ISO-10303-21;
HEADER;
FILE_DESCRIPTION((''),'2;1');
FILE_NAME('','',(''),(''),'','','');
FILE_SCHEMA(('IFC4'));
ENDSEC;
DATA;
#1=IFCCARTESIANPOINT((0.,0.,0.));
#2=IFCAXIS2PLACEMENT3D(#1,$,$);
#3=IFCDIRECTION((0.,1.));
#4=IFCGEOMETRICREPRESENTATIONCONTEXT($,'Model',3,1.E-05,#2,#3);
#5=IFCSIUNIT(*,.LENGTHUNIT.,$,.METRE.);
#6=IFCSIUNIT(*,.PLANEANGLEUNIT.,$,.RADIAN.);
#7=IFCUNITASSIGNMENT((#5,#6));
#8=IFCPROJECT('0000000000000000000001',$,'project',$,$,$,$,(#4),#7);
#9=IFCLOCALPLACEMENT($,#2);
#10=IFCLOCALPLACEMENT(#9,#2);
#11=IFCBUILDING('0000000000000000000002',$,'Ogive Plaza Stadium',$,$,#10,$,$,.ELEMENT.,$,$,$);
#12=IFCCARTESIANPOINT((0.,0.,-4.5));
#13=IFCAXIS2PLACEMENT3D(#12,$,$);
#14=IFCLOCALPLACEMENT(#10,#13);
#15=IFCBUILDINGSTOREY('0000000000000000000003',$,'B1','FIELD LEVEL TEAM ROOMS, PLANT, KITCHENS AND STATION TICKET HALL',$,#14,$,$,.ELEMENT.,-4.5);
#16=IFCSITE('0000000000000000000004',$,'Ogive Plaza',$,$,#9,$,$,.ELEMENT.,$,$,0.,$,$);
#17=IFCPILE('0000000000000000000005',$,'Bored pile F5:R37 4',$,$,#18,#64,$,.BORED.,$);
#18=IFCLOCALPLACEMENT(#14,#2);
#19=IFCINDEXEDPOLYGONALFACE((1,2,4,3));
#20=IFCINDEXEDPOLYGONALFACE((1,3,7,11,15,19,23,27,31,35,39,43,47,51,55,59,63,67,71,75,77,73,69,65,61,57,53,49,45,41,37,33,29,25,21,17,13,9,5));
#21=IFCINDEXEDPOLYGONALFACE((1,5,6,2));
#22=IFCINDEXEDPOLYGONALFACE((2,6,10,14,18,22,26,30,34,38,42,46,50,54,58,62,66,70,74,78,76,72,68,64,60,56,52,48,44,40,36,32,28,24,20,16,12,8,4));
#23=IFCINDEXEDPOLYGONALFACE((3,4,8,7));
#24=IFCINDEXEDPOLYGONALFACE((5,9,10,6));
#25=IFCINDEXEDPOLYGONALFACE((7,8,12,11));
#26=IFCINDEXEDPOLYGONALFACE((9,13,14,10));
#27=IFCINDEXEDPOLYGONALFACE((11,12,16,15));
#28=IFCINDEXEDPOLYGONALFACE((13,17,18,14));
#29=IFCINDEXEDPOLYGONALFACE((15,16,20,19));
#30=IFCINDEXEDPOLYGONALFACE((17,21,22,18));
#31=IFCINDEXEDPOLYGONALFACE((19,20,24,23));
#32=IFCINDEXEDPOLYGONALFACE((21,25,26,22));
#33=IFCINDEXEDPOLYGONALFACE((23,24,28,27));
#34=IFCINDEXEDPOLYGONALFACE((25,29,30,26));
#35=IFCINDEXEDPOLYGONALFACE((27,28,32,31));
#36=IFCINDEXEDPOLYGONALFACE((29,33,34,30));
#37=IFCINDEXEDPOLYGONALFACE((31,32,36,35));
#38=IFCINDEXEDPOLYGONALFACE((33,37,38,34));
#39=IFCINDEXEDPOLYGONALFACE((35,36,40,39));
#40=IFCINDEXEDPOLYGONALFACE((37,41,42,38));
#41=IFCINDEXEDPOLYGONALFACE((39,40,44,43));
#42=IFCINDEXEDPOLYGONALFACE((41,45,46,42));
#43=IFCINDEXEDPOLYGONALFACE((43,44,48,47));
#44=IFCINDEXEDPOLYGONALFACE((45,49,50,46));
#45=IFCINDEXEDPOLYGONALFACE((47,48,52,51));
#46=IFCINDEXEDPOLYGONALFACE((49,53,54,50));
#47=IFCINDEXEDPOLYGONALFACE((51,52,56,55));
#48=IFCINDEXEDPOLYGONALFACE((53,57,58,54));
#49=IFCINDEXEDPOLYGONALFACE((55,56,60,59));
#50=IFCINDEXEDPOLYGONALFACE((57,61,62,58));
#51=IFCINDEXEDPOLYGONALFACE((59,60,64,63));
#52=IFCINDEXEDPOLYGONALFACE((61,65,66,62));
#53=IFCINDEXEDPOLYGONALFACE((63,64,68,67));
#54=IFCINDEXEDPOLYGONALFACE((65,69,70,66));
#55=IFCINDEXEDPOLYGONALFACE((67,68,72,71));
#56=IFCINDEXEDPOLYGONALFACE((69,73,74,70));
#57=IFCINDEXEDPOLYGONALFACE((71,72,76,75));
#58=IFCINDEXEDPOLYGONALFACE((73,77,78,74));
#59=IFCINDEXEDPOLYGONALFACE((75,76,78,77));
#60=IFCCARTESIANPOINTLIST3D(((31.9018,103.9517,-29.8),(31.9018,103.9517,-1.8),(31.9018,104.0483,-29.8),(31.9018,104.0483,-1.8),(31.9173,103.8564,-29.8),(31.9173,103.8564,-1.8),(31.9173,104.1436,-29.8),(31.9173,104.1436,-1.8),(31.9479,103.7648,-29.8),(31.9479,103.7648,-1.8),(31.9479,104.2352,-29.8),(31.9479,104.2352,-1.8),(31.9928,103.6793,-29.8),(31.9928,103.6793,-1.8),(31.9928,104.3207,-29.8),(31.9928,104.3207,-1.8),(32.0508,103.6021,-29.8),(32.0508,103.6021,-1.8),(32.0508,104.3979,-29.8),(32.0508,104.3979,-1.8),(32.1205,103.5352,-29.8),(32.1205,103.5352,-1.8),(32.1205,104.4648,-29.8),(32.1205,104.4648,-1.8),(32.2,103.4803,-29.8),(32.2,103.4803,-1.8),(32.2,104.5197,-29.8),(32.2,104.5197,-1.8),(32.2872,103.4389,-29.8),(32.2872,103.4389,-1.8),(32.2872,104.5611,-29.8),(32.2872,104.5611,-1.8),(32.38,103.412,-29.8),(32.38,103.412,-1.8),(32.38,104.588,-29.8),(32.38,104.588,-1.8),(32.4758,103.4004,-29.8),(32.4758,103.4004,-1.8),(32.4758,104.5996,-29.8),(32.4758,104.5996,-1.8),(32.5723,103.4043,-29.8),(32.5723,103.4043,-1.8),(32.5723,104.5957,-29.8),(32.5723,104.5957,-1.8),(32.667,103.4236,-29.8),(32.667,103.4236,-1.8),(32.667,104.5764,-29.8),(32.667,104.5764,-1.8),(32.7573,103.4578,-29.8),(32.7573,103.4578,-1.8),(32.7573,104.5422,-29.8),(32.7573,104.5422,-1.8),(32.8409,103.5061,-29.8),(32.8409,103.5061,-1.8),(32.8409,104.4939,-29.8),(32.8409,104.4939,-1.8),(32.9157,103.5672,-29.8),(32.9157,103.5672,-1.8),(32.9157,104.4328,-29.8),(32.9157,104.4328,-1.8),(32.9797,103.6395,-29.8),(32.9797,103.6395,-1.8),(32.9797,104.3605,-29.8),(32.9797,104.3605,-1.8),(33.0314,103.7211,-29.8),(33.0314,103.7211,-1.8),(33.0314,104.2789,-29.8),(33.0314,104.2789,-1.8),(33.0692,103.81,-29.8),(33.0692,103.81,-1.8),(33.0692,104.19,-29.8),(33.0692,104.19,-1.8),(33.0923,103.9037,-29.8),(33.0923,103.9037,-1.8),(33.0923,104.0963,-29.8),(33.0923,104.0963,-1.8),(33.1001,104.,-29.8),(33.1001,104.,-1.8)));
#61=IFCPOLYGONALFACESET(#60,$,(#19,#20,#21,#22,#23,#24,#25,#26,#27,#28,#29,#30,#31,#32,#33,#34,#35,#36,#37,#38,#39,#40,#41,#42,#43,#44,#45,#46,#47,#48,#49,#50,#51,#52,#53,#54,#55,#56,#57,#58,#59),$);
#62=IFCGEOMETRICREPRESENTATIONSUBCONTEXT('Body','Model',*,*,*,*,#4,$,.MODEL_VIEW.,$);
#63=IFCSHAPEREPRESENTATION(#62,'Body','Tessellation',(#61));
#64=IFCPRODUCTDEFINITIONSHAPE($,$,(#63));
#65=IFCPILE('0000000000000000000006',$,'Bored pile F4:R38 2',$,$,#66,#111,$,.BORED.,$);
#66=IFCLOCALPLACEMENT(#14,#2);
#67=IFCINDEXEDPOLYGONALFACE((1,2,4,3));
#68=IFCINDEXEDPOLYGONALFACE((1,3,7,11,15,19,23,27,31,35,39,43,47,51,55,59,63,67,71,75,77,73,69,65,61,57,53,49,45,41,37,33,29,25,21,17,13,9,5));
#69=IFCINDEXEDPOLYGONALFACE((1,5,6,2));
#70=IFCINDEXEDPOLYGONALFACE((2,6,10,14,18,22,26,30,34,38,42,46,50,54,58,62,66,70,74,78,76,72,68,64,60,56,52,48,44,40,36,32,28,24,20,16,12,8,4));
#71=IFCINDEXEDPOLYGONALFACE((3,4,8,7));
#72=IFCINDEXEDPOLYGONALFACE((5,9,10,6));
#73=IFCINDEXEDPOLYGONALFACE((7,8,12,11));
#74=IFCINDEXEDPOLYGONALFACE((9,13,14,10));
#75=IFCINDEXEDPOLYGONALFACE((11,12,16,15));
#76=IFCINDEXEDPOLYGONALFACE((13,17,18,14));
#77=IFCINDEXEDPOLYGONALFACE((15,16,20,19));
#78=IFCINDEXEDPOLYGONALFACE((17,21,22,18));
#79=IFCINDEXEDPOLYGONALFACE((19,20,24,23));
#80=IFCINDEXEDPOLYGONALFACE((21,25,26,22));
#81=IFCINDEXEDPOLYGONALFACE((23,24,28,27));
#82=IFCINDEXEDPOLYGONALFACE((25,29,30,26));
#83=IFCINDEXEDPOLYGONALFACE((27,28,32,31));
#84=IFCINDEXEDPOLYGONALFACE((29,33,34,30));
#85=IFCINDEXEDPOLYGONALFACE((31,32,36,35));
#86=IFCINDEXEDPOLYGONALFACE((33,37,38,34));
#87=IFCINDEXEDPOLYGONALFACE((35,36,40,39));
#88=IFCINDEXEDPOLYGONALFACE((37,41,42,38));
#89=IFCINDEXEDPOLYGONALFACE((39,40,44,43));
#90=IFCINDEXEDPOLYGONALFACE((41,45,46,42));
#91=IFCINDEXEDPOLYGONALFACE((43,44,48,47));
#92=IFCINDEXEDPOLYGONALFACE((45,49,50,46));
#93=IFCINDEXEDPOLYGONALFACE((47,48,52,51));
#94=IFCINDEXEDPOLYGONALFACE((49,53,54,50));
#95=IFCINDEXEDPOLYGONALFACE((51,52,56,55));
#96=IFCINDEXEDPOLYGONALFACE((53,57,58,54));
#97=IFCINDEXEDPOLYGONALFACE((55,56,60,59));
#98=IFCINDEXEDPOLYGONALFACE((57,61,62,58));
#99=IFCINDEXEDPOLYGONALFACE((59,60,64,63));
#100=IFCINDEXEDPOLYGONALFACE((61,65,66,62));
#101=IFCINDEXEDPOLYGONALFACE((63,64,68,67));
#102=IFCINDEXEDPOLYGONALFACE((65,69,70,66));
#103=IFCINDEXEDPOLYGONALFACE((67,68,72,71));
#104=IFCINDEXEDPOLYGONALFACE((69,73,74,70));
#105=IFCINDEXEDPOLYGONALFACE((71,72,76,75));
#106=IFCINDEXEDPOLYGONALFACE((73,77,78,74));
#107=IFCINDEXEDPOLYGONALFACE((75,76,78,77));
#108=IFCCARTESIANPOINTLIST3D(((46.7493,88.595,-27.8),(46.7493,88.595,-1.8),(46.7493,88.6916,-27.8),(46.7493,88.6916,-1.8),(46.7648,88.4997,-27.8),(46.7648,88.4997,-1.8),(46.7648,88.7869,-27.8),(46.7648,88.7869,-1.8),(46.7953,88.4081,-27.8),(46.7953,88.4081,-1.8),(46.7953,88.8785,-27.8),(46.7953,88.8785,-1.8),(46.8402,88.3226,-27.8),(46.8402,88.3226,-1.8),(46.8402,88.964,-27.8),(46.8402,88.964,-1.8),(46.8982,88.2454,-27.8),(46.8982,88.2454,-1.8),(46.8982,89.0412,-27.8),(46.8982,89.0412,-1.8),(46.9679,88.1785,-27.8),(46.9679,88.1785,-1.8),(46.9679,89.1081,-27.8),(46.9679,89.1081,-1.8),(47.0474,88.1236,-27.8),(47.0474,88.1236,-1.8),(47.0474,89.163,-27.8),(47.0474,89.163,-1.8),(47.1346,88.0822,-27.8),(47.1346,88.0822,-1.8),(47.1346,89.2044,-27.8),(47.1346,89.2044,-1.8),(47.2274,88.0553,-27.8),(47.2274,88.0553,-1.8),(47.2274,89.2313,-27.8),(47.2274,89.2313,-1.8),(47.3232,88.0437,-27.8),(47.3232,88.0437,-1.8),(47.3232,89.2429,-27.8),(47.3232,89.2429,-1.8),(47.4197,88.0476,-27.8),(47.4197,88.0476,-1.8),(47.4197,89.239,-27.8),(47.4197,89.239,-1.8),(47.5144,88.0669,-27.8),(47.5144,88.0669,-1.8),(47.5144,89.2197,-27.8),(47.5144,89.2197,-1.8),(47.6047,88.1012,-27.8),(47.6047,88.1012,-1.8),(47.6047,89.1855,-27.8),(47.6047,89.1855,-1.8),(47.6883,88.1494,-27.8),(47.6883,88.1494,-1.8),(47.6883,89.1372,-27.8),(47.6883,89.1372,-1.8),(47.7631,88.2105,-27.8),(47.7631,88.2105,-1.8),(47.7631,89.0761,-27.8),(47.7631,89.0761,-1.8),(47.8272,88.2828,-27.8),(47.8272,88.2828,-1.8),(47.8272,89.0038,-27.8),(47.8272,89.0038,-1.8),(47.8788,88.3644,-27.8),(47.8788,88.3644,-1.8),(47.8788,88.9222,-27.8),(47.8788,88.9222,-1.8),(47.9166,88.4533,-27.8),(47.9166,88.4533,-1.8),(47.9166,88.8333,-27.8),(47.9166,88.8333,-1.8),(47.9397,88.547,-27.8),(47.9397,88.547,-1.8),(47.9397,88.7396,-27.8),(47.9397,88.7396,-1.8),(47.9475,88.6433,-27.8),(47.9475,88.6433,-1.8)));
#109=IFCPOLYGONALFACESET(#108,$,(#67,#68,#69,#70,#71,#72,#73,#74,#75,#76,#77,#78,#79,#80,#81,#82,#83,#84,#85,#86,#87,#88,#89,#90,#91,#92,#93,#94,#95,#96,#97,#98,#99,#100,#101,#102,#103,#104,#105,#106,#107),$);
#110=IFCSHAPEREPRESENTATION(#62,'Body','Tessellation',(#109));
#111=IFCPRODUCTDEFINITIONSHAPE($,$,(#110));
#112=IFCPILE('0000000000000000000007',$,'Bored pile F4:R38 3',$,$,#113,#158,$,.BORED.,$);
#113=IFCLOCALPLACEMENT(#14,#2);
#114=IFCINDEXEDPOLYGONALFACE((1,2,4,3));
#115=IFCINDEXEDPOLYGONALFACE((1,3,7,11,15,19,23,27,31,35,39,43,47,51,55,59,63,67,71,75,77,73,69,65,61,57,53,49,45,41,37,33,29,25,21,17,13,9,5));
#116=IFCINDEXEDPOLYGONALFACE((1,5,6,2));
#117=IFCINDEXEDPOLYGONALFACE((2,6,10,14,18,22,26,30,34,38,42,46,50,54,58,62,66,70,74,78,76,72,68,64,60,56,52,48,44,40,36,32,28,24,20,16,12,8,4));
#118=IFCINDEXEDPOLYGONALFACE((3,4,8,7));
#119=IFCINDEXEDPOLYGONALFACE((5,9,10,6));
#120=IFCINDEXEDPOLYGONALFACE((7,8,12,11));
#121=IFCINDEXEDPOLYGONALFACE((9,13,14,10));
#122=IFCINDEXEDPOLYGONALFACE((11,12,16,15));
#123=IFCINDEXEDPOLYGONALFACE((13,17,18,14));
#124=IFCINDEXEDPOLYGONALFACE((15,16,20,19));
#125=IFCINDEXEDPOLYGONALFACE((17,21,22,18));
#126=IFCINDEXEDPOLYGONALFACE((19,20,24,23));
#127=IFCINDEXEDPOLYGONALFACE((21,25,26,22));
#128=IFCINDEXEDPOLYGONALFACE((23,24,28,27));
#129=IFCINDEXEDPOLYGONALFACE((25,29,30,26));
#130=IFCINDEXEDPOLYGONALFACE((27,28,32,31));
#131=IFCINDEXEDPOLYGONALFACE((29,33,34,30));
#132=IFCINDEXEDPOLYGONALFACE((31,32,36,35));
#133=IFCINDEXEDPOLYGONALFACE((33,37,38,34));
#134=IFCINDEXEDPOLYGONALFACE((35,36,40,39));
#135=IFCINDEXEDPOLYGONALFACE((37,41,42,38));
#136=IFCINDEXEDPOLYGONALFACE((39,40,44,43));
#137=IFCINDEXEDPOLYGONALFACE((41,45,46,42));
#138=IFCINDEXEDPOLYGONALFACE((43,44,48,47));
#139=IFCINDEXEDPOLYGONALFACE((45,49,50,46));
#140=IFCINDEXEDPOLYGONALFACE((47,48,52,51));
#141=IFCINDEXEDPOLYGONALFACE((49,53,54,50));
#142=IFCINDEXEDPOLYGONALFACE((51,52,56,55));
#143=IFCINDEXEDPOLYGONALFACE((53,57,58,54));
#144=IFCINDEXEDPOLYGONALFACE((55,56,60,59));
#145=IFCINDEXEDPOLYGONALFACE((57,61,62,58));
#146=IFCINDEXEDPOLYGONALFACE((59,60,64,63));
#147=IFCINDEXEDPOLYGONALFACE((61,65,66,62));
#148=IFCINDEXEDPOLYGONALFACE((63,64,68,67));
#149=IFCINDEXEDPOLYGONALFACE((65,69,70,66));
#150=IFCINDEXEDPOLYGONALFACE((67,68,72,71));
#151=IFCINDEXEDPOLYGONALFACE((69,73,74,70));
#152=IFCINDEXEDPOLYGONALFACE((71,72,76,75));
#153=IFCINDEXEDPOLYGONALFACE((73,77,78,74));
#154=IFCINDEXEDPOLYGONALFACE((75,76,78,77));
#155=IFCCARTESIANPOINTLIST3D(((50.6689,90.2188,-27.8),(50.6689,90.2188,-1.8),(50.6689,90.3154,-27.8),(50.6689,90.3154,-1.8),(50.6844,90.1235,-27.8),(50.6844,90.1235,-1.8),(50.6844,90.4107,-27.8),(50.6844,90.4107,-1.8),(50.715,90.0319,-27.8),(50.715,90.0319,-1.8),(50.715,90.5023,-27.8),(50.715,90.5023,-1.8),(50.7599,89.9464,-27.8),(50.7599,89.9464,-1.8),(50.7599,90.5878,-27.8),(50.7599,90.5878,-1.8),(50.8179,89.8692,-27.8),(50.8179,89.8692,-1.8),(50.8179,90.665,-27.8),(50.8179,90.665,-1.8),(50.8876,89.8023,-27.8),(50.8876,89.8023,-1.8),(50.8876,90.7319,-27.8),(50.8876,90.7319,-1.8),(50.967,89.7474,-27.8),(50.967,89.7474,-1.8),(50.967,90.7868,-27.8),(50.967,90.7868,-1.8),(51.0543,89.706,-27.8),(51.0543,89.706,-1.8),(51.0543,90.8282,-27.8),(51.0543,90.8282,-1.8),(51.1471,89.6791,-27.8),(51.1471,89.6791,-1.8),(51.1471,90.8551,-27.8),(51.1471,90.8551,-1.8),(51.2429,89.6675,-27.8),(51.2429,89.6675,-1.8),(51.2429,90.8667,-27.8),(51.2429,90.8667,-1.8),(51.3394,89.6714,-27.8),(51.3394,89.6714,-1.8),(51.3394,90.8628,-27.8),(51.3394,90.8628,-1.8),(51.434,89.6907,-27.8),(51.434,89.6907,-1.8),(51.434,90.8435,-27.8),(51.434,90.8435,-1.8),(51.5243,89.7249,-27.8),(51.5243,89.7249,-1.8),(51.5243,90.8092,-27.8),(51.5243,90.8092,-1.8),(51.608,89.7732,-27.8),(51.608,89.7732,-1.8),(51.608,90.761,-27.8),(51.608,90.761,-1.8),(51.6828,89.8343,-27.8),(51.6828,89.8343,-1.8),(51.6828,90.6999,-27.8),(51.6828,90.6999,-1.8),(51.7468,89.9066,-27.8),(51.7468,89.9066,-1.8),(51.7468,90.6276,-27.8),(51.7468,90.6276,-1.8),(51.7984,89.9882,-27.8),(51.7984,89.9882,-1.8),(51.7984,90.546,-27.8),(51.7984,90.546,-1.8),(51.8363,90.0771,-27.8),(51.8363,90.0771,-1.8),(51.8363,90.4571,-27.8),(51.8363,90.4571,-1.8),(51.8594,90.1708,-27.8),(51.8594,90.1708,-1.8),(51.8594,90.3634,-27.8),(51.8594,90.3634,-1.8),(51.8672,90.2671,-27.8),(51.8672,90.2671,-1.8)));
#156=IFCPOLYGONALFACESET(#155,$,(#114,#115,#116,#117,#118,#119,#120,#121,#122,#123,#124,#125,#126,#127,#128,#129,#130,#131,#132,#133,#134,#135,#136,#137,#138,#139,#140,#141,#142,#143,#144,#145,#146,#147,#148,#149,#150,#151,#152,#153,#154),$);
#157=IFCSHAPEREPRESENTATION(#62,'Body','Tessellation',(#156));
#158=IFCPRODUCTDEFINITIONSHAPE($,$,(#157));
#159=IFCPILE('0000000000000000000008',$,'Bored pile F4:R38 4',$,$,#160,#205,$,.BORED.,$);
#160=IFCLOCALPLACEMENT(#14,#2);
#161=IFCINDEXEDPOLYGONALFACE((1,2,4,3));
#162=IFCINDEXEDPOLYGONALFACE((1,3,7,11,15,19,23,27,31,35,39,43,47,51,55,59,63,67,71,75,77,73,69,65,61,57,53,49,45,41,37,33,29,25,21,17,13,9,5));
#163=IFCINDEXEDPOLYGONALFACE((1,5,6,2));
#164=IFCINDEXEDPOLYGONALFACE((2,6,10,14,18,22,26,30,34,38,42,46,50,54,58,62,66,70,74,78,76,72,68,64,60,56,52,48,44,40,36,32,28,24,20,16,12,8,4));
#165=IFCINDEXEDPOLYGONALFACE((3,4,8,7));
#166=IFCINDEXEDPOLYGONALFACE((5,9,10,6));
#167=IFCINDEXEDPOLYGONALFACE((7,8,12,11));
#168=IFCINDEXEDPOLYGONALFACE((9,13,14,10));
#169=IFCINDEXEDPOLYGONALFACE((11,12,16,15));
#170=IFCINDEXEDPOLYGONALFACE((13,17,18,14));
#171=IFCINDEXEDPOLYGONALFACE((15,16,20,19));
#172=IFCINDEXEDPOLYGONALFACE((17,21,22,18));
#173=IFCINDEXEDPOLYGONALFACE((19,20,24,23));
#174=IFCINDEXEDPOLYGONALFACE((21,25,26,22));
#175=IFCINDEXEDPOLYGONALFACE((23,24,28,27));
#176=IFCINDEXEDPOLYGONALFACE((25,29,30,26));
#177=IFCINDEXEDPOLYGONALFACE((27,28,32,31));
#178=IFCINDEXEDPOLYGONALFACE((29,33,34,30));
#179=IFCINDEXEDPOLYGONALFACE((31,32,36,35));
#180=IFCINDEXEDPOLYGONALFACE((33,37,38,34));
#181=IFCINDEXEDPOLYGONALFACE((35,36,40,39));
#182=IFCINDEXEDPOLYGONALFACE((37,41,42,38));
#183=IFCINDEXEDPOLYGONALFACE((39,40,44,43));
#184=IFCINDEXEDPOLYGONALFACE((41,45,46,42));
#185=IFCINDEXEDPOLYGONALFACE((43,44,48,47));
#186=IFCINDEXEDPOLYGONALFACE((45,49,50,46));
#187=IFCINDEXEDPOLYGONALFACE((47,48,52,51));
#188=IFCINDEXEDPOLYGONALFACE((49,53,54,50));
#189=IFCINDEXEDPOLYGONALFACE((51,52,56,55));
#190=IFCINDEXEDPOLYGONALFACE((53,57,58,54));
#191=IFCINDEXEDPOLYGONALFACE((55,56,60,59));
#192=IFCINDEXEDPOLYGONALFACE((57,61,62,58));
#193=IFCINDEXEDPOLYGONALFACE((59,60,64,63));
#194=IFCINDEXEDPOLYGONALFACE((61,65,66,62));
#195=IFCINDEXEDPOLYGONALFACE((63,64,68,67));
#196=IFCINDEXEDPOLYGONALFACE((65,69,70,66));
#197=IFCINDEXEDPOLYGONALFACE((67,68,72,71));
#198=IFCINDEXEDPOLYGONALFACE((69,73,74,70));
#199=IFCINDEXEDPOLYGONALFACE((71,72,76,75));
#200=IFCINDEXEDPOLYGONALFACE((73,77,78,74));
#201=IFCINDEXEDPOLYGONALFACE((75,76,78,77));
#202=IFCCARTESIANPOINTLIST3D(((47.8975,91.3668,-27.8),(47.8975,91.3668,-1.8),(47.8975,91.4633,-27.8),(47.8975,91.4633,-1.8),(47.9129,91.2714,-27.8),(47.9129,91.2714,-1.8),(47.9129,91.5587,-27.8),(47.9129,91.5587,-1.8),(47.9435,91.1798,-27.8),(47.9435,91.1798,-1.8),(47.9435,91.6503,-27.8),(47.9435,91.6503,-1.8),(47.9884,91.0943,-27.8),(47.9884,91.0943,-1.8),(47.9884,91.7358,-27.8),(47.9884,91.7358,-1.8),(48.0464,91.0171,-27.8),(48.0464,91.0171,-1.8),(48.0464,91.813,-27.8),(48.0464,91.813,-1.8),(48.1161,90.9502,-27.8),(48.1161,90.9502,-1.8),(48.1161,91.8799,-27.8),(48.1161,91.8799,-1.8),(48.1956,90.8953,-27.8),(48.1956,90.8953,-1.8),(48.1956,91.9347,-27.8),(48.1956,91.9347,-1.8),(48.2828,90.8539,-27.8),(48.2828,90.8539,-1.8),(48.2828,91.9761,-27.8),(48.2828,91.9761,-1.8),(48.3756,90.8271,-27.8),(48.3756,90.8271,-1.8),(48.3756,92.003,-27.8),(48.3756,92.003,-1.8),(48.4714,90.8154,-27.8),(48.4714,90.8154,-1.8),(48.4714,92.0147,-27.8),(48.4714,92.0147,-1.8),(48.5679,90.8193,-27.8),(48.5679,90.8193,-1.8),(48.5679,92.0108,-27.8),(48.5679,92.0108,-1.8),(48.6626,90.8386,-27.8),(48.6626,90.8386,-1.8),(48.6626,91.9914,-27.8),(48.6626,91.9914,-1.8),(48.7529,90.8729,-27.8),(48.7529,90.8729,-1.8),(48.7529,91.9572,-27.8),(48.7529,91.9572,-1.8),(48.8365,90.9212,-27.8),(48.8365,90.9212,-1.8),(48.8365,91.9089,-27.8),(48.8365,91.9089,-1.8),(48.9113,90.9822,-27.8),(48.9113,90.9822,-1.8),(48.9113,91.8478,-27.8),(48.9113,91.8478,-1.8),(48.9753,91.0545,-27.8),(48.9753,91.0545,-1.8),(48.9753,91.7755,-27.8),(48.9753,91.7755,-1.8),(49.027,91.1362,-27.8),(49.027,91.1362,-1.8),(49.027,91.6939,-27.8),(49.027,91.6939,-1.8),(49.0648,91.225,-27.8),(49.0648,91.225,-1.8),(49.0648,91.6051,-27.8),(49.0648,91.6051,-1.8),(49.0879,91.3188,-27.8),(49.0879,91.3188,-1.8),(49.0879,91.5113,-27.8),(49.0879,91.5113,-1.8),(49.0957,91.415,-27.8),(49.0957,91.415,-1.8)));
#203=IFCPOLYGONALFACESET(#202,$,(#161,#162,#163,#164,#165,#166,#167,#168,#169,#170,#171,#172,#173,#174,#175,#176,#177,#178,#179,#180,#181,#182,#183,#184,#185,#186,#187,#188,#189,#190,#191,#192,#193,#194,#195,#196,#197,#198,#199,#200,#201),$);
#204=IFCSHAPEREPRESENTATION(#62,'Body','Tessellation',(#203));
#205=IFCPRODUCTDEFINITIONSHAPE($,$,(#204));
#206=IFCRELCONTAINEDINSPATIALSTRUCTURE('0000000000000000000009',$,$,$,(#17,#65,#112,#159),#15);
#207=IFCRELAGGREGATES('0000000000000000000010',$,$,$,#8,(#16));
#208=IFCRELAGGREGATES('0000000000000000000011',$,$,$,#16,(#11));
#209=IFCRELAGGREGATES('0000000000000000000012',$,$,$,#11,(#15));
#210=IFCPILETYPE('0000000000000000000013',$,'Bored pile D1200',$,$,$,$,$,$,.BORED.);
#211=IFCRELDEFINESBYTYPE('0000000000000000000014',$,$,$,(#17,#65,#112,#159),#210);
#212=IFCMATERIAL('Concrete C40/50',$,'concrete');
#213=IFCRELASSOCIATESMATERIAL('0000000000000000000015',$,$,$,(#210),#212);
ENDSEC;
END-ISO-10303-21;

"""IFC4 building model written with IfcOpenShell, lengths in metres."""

from ifc_helpers import new_model, si_unit, direction, frame, origin, origin_2d, place, context, subcontext, project, spatial, circle, extrude, material, material_profile, profile_set, type_object, element, save


model = new_model("IFC4")

# Units and contexts
model_context = context("Model", 3, precision=1e-05, world=origin(), true_north=direction((0.0, 1.0)))
body_context = subcontext(model_context, "Body", "Model", "MODEL_VIEW")
ifc_project = project(units=[si_unit("LENGTHUNIT", "METRE"), si_unit("PLANEANGLEUNIT", "RADIAN")], contexts=[model_context])

# Site, building, storey
site_placement = place(None, origin())
site = spatial("IfcSite", under=ifc_project, at=site_placement, Name="Ogive Plaza", CompositionType="ELEMENT", RefElevation=0.0)
building_placement = place(site_placement, origin())
building = spatial("IfcBuilding", under=site, at=building_placement, Name="Ogive Plaza Stadium", CompositionType="ELEMENT")
storey_placement = place(building_placement, frame((0.0, 0.0, -4.5)))
storey = spatial("IfcBuildingStorey", under=building, at=storey_placement, Name="B1", Description="FIELD LEVEL TEAM ROOMS, PLANT, KITCHENS AND STATION TICKET HALL", CompositionType="ELEMENT", Elevation=-4.5)

# Piles
ifc_material_1 = material(Name="Concrete C40/50", Category="concrete")
ifc_material_profile_1 = material_profile(ifc_material_1, circle(Radius=0.6001, at=origin_2d()), Name="RC D1200")
ifc_profile_set_1 = profile_set([ifc_material_profile_1], Name="Concrete C40/50")
pile_type_1 = type_object("IfcPileType", Name="Bored pile D1200", PredefinedType="BORED", material=ifc_profile_set_1)
for number, where, z_axis, x_axis, name in (
    (1, (32.5, 104.0, -1.8), (0.0, 0.0, -1.0), (1.0, 0.0, 0.0), "Bored pile F5:R37 4"),
):
    element("IfcPile", number, at=place(storey_placement, frame(where, z_axis=z_axis, x_axis=x_axis)), inside=storey, type_object=pile_type_1, Name=name, PredefinedType="BORED", context=body_context, shape_type="SweptSolid", body=[
        extrude(circle(Radius=0.6001, at=origin_2d()), origin(), (0.0, 0.0, 1.0), 28.0),
    ])
for number, where, z_axis, x_axis, name in (
    (2, (47.3474, 88.6433, -1.8), (0.0, 0.0, -1.0), (1.0, 0.0, 0.0), "Bored pile F4:R38 2"),
    (3, (51.2671, 90.2671, -1.8), (0.0, 0.0, -1.0), (1.0, 0.0, 0.0), "Bored pile F4:R38 3"),
    (4, (48.4956, 91.415, -1.8), (0.0, 0.0, -1.0), (1.0, 0.0, 0.0), "Bored pile F4:R38 4"),
):
    element("IfcPile", number, at=place(storey_placement, frame(where, z_axis=z_axis, x_axis=x_axis)), inside=storey, type_object=pile_type_1, Name=name, PredefinedType="BORED", context=body_context, shape_type="SweptSolid", body=[
        extrude(circle(Radius=0.6001, at=origin_2d()), origin(), (0.0, 0.0, 1.0), 26.0),
    ])

save(model, "model.ifc")
